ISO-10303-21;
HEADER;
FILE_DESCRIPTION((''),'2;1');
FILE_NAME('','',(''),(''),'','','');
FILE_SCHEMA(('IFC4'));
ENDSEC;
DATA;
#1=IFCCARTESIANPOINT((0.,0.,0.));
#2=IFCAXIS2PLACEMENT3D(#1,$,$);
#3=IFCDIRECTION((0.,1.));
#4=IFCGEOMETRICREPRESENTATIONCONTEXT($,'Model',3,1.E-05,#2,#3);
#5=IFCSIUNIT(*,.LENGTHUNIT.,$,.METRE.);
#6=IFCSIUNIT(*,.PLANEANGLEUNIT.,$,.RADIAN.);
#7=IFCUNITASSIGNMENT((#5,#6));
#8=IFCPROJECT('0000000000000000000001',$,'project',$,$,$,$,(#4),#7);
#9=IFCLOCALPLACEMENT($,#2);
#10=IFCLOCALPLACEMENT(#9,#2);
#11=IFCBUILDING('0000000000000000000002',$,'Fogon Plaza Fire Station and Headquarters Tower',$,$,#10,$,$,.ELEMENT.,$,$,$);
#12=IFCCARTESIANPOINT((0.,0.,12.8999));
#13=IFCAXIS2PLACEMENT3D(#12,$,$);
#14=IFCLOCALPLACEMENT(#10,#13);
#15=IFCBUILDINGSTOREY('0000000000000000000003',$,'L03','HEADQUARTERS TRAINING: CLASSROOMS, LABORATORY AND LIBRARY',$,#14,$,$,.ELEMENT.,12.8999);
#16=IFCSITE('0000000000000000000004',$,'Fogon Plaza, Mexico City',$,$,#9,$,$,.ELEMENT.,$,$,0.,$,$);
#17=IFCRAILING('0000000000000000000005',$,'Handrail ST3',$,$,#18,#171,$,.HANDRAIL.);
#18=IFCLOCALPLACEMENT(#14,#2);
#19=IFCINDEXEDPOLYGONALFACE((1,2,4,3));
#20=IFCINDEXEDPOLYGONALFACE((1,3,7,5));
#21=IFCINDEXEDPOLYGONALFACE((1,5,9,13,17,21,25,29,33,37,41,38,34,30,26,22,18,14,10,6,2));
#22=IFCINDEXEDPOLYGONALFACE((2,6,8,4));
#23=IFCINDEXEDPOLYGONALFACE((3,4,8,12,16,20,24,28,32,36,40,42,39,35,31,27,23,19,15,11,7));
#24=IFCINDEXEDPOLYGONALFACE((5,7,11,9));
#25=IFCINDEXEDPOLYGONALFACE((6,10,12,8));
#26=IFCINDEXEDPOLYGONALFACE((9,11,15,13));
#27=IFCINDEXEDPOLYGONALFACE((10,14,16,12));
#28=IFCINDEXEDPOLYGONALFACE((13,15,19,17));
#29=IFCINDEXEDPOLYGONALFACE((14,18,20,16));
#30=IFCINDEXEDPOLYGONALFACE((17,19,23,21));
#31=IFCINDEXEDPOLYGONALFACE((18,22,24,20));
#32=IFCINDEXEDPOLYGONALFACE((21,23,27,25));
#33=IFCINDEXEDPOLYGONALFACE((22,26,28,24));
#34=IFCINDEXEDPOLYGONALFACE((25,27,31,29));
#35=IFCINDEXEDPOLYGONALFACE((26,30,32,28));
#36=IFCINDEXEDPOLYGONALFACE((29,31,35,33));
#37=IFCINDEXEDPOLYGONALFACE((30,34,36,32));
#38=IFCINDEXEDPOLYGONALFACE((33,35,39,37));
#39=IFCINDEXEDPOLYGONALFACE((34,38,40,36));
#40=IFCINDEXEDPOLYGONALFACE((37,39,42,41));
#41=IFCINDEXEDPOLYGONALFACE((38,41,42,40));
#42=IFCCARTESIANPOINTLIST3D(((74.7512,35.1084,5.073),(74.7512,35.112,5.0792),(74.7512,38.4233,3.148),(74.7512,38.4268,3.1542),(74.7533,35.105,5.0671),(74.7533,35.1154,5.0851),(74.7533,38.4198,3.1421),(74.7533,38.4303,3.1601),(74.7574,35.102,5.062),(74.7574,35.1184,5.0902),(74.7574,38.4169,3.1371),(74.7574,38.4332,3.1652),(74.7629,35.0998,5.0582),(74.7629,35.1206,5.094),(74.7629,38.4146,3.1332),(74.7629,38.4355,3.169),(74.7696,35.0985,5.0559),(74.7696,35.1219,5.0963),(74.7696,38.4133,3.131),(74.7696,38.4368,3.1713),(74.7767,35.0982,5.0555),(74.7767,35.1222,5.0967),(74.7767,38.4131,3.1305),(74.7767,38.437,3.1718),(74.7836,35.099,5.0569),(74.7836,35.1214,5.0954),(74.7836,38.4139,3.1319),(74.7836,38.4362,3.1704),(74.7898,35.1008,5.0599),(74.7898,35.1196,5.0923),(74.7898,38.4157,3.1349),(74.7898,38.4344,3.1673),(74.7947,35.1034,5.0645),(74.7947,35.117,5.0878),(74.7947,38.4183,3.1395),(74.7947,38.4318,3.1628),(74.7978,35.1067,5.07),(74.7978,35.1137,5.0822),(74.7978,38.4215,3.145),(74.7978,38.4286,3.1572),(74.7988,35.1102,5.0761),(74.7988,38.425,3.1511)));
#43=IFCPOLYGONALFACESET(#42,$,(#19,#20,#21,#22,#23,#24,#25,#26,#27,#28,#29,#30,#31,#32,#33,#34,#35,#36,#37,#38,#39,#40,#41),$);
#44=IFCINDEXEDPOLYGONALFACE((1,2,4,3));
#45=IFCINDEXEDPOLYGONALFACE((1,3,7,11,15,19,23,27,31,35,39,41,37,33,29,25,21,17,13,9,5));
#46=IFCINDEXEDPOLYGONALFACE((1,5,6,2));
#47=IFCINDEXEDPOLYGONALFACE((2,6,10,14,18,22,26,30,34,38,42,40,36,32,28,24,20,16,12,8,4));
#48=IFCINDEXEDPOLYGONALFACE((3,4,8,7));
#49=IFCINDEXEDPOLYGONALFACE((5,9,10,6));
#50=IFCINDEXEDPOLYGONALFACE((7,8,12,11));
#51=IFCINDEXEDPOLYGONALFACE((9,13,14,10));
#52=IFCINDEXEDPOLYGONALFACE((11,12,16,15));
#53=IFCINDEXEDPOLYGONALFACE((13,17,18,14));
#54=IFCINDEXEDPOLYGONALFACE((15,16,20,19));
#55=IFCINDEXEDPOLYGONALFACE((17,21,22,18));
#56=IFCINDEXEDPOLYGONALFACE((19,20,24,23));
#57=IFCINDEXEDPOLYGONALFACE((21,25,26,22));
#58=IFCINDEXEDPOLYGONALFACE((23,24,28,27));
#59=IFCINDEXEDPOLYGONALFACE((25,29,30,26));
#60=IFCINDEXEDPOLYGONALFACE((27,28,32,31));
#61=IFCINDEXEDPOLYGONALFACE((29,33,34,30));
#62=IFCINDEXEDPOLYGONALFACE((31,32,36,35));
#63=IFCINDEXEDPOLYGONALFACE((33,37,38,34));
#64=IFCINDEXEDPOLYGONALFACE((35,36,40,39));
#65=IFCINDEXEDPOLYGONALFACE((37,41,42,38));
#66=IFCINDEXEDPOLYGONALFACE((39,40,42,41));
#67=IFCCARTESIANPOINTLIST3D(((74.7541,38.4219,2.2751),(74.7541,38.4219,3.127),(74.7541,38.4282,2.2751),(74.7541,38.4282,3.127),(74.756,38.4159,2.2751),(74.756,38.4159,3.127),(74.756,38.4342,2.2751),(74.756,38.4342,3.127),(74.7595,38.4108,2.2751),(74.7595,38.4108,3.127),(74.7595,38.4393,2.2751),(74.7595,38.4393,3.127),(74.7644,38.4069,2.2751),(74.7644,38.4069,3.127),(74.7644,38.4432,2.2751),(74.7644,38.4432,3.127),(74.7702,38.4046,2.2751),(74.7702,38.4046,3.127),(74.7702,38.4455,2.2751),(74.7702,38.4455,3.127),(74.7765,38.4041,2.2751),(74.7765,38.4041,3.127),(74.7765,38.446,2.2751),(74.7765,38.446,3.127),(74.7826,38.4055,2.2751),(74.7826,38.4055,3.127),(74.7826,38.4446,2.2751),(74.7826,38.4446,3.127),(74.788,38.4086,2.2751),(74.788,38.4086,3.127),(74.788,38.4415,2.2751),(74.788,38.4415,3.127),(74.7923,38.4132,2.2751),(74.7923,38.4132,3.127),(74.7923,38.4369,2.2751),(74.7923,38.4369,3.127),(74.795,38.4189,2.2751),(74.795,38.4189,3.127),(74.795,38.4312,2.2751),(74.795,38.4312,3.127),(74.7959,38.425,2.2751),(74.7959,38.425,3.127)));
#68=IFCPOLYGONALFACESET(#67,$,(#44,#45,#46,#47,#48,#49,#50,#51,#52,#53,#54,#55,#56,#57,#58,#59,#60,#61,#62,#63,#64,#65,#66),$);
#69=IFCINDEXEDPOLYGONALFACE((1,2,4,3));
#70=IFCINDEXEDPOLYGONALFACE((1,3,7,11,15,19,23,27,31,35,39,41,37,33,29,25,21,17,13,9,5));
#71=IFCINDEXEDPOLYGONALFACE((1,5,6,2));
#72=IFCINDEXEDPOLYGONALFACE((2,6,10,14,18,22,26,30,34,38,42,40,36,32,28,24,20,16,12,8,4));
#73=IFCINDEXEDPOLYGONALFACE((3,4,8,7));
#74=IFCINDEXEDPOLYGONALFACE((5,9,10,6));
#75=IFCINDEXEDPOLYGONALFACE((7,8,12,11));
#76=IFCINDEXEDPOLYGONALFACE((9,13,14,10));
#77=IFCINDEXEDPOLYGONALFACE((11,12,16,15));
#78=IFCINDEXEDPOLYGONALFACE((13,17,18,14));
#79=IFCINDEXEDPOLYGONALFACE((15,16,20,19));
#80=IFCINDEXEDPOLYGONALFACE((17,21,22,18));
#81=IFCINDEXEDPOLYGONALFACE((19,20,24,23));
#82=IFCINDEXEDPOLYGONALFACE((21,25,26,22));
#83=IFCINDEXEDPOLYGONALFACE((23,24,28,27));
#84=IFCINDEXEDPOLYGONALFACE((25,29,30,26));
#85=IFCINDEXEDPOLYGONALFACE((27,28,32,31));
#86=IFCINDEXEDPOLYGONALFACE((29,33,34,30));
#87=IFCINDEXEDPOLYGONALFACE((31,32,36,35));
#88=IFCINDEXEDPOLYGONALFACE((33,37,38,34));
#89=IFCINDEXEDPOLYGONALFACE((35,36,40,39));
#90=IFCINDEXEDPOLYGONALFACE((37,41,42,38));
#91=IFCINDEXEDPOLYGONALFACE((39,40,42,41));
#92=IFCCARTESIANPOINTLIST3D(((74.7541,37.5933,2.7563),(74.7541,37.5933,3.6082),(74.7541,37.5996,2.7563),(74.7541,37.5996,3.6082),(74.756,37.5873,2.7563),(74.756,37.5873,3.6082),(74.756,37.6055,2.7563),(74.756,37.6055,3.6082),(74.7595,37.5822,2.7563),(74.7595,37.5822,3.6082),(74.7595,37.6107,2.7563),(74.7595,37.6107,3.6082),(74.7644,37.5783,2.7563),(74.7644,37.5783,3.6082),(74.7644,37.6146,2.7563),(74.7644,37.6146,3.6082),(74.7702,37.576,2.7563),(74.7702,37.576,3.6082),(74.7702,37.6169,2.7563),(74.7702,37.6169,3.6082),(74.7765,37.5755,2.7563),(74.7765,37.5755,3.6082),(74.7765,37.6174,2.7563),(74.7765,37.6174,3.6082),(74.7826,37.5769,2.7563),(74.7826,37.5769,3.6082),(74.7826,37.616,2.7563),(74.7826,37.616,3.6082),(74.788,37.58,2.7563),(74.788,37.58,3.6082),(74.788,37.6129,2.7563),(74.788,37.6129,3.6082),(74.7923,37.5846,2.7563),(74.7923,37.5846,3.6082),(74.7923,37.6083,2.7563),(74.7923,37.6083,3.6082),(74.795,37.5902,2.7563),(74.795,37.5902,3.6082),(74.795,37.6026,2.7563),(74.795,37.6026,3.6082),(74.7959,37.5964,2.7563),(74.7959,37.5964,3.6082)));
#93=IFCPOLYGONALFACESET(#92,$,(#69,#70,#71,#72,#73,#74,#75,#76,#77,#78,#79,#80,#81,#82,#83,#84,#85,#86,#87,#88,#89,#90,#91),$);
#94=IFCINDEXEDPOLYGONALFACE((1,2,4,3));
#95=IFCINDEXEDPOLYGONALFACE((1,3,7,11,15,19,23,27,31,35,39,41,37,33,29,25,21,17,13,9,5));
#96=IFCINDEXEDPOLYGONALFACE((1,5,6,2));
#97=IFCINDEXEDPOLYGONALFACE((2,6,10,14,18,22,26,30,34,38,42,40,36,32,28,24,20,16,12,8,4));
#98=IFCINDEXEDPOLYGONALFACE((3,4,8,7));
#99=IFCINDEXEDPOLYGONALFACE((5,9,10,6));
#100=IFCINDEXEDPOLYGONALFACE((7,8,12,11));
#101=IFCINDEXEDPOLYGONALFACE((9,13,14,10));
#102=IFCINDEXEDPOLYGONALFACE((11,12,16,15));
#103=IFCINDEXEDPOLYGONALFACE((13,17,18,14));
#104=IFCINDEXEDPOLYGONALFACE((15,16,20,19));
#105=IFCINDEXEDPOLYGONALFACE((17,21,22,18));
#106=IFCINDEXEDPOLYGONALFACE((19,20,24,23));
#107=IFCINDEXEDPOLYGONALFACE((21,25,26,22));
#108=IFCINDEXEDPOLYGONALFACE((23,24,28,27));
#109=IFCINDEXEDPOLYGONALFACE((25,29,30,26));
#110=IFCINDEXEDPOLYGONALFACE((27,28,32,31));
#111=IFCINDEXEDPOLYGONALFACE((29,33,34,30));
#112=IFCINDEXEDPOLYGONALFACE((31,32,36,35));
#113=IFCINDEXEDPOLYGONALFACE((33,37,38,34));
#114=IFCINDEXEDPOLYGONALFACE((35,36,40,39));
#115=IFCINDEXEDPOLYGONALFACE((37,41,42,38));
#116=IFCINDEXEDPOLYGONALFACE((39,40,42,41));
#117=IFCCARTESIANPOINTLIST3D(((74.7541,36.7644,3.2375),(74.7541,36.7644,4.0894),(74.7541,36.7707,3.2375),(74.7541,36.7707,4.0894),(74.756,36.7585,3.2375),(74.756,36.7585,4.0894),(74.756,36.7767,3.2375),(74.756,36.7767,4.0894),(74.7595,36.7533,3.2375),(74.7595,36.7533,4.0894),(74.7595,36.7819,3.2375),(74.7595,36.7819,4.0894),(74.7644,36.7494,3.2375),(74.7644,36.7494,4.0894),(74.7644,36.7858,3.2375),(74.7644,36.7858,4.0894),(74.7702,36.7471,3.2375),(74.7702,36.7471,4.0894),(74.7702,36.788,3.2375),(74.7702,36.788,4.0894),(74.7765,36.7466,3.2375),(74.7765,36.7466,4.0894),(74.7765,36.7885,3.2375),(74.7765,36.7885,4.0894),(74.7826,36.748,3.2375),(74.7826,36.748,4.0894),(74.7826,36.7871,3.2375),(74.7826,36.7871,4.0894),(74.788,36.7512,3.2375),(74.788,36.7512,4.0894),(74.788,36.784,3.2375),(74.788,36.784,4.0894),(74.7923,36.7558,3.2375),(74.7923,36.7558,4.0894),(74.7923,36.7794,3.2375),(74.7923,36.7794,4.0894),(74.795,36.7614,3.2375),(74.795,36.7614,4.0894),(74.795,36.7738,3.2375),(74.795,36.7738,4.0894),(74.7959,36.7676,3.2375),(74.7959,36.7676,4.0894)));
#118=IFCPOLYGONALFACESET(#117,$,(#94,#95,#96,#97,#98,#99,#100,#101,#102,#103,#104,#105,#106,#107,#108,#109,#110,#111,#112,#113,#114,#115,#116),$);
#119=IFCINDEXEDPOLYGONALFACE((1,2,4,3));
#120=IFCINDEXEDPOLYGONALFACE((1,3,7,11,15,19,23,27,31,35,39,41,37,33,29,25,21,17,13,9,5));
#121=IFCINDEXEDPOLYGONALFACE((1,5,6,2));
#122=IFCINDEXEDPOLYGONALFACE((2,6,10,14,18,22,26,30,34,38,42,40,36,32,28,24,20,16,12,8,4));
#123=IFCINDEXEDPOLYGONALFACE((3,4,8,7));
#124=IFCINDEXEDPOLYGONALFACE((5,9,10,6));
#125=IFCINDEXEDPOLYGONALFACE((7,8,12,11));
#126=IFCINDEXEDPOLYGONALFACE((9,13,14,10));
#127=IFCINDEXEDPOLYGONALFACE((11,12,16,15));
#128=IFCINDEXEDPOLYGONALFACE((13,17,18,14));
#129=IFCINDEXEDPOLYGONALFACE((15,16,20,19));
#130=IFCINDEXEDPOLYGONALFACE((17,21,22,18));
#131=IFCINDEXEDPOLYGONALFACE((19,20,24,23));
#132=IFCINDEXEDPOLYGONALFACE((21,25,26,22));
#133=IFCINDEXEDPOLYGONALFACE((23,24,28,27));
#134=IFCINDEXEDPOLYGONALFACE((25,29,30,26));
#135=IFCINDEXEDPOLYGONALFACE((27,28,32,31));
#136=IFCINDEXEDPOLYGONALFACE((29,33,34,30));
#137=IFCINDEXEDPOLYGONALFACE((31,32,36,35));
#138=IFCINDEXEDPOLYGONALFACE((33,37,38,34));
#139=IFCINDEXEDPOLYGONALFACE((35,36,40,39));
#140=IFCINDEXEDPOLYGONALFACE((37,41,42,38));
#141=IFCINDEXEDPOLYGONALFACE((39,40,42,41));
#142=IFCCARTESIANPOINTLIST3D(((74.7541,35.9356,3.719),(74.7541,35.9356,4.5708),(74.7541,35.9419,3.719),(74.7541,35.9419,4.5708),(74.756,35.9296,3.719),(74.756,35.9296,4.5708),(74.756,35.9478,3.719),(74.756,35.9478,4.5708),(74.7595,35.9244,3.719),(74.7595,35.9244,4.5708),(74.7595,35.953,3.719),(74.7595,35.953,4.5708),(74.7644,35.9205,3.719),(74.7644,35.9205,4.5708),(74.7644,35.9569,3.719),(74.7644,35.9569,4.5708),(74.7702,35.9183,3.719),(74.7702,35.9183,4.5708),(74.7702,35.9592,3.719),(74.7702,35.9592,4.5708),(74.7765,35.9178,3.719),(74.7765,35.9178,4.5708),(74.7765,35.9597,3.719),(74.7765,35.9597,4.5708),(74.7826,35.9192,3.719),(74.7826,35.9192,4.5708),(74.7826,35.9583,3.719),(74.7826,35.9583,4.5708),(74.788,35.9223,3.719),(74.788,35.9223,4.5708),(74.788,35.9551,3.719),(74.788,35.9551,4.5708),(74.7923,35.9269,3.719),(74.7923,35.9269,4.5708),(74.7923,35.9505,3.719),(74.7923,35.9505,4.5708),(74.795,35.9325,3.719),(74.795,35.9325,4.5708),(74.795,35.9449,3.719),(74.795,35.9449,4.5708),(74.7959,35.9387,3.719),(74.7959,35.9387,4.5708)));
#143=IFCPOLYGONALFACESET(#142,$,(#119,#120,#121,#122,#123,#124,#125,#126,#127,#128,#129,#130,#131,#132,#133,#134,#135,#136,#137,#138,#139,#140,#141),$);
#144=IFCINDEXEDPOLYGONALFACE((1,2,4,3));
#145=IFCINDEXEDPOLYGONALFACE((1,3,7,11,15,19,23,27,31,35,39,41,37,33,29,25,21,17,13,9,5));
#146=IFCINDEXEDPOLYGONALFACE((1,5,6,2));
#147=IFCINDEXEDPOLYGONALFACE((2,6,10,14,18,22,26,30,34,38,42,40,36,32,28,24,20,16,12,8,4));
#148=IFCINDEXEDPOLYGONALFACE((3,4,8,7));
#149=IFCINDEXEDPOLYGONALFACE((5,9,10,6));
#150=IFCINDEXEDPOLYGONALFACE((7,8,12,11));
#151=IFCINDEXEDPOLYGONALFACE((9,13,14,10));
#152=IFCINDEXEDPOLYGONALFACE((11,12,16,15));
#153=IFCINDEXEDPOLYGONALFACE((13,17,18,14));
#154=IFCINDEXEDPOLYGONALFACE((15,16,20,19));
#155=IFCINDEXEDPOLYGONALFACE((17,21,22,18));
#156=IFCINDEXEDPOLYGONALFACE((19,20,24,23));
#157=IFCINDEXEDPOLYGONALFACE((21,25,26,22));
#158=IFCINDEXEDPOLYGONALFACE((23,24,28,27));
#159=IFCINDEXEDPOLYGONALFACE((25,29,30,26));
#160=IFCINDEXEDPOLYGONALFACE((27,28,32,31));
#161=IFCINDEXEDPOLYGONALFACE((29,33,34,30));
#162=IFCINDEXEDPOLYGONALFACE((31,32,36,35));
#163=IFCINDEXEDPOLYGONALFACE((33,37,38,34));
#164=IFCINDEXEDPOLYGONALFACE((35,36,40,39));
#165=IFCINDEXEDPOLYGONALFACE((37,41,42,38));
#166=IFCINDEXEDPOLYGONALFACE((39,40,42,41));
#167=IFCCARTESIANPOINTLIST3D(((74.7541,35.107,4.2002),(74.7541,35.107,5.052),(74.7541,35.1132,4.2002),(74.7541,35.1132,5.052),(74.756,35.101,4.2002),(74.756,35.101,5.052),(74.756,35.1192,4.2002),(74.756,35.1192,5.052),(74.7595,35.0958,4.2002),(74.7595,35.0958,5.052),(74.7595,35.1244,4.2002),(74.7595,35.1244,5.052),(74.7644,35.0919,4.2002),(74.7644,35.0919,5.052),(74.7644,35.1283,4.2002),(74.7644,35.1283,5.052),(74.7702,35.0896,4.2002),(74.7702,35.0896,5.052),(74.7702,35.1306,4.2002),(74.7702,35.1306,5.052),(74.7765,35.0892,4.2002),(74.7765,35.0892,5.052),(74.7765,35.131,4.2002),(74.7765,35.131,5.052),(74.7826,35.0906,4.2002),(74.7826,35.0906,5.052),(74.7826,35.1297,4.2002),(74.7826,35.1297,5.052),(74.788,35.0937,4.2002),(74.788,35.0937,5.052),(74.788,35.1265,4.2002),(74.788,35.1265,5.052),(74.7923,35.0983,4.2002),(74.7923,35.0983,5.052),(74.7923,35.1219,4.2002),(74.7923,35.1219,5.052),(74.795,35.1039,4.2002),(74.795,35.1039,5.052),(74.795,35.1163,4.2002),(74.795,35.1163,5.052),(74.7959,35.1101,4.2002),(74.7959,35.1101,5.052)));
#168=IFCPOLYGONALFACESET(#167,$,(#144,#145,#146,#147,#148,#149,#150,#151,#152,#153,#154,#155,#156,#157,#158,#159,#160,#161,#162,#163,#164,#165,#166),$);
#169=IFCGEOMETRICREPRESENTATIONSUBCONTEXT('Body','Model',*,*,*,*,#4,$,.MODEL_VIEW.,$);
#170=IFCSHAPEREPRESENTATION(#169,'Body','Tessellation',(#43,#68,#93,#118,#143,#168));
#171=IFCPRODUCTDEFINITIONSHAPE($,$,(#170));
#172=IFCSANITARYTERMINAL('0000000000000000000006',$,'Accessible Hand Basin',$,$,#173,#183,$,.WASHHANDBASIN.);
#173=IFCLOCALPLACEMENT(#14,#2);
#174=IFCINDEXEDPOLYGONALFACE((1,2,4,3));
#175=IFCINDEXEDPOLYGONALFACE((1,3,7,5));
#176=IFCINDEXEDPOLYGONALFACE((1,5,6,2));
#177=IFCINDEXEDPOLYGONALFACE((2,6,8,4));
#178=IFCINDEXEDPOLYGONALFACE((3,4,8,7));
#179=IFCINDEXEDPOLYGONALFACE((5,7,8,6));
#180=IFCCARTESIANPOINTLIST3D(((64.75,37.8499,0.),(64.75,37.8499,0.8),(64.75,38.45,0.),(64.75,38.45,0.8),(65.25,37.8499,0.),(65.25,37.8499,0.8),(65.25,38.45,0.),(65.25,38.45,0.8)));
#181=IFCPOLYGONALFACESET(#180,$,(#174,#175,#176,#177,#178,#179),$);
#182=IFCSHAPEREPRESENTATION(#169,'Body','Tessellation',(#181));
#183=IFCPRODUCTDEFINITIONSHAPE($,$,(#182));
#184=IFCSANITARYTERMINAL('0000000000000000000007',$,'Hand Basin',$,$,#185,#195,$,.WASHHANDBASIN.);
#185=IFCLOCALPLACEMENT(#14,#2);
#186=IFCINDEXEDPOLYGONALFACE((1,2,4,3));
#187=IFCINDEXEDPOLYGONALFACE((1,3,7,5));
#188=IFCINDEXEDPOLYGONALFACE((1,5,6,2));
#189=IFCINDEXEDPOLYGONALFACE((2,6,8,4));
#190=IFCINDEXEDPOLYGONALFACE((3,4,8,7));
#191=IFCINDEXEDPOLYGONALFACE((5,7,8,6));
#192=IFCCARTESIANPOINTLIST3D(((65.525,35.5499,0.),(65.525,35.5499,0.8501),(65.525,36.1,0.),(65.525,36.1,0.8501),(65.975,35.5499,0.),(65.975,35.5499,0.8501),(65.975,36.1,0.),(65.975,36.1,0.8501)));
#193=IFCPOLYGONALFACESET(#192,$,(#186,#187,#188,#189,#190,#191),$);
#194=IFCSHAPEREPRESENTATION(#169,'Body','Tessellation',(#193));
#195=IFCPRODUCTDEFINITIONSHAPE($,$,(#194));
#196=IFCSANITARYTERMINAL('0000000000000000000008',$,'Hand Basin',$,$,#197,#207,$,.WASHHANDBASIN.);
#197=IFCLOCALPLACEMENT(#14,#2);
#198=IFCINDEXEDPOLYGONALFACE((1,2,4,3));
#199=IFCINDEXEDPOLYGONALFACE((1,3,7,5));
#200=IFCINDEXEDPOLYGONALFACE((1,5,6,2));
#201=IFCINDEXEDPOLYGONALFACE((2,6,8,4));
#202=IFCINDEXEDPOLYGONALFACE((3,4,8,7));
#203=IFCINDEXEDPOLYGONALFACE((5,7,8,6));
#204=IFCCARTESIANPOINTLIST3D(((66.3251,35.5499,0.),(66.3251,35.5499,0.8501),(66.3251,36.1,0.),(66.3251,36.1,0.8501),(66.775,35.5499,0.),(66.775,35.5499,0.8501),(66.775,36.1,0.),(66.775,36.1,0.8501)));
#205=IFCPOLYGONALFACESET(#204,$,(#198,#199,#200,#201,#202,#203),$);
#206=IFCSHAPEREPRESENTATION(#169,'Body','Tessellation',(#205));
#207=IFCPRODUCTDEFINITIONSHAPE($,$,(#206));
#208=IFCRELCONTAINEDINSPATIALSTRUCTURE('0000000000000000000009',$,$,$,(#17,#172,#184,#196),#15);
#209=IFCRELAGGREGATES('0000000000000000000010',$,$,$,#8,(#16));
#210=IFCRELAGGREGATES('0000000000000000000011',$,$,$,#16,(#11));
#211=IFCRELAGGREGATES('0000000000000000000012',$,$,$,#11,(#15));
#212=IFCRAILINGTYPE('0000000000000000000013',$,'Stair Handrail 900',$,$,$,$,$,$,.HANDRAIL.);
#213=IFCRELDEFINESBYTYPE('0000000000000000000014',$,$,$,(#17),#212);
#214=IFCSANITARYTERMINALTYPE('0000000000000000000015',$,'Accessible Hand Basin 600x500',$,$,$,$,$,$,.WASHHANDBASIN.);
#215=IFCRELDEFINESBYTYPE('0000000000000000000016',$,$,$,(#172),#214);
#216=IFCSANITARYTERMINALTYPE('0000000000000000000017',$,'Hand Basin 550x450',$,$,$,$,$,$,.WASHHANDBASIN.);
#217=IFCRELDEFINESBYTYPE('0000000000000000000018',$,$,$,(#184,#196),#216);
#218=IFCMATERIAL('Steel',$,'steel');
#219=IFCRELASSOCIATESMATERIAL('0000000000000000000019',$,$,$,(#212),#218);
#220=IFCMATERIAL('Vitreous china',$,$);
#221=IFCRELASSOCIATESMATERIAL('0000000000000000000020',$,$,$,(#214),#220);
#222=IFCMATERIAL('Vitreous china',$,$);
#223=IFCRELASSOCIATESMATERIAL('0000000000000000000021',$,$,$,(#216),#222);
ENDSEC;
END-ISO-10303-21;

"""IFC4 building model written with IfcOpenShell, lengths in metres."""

from ifc_helpers import new_model, si_unit, direction, frame, origin, origin_2d, place, context, subcontext, project, spatial, rectangle, circle, extrude, material, type_object, element, save


model = new_model("IFC4")

# Units and contexts
model_context = context("Model", 3, precision=1e-05, world=origin(), true_north=direction((0.0, 1.0)))
body_context = subcontext(model_context, "Body", "Model", "MODEL_VIEW")
ifc_project = project(units=[si_unit("LENGTHUNIT", "METRE"), si_unit("PLANEANGLEUNIT", "RADIAN")], contexts=[model_context])

# Site, building, storey
site_placement = place(None, origin())
site = spatial("IfcSite", under=ifc_project, at=site_placement, Name="Fogon Plaza, Mexico City", CompositionType="ELEMENT", RefElevation=0.0)
building_placement = place(site_placement, origin())
building = spatial("IfcBuilding", under=site, at=building_placement, Name="Fogon Plaza Fire Station and Headquarters Tower", CompositionType="ELEMENT")
storey_placement = place(building_placement, frame((0.0, 0.0, 12.8999)))
storey = spatial("IfcBuildingStorey", under=building, at=storey_placement, Name="L03", Description="HEADQUARTERS TRAINING: CLASSROOMS, LABORATORY AND LIBRARY", CompositionType="ELEMENT", Elevation=12.8999)

# Railing
ifc_material_1 = material(Name="Steel", Category="steel")
railing_type = type_object("IfcRailingType", Name="Stair Handrail 900", PredefinedType="HANDRAIL", material=ifc_material_1)
for number, where, name in (
    (1, (74.7749, 38.425, 2.2751), "Handrail ST3"),
):
    element("IfcRailing", number, at=place(storey_placement, frame(where)), inside=storey, type_object=railing_type, Name=name, PredefinedType="HANDRAIL", context=body_context, shape_type="SweptSolid", body=[
        extrude(circle(Radius=0.0239, at=origin_2d()), frame((0.0, 0.0, 0.876), z_axis=(0.0, -0.864761, 0.502183), x_axis=(1.0, 0.0, 0.0)), (0.0, 0.0, 1.0), 3.8333),
        extrude(circle(Radius=0.021, at=origin_2d()), origin(), (0.0, 0.0, 1.0), 0.8518),
        extrude(circle(Radius=0.021, at=origin_2d()), frame((0.0, -0.8286, 0.4812)), (0.0, 0.0, 1.0), 0.8518),
        extrude(circle(Radius=0.021, at=origin_2d()), frame((0.0, -1.6575, 0.9624)), (0.0, 0.0, 1.0), 0.8518),
        extrude(circle(Radius=0.021, at=origin_2d()), frame((0.0, -2.4863, 1.4438)), (0.0, 0.0, 1.0), 0.8518),
        extrude(circle(Radius=0.021, at=origin_2d()), frame((0.0, -3.3149, 1.925)), (0.0, 0.0, 1.0), 0.8518),
    ])

# Sanitary terminals
ifc_material_2 = material(Name="Vitreous china")
sanitary_terminal_type_1 = type_object("IfcSanitaryTerminalType", Name="Accessible Hand Basin 600x500", PredefinedType="WASHHANDBASIN", material=ifc_material_2)
sanitary_terminal_placement = place(storey_placement, frame((65.0, 38.1499, 0.0), z_axis=(0.0, 0.0, 1.0), x_axis=(1.0, 0.0, 0.0)))
element("IfcSanitaryTerminal", 2, at=sanitary_terminal_placement, inside=storey, type_object=sanitary_terminal_type_1, Name="Accessible Hand Basin", PredefinedType="WASHHANDBASIN", context=body_context, shape_type="SweptSolid", body=[
    extrude(rectangle(XDim=0.5, YDim=0.6001, at=origin_2d()), origin(), (0.0, 0.0, 1.0), 0.8),
])
ifc_material_3 = material(Name="Vitreous china")
sanitary_terminal_type_2 = type_object("IfcSanitaryTerminalType", Name="Hand Basin 550x450", PredefinedType="WASHHANDBASIN", material=ifc_material_3)
for number, where, z_axis, x_axis, name in (
    (3, (65.75, 35.825, 0.0), (0.0, 0.0, 1.0), (1.0, 0.0, 0.0), "Hand Basin"),
    (4, (66.55, 35.825, 0.0), (0.0, 0.0, 1.0), (1.0, 0.0, 0.0), "Hand Basin"),
):
    element("IfcSanitaryTerminal", number, at=place(storey_placement, frame(where, z_axis=z_axis, x_axis=x_axis)), inside=storey, type_object=sanitary_terminal_type_2, Name=name, PredefinedType="WASHHANDBASIN", context=body_context, shape_type="SweptSolid", body=[
        extrude(rectangle(XDim=0.45, YDim=0.55, at=origin_2d()), origin(), (0.0, 0.0, 1.0), 0.8501),
    ])

save(model, "model.ifc")
